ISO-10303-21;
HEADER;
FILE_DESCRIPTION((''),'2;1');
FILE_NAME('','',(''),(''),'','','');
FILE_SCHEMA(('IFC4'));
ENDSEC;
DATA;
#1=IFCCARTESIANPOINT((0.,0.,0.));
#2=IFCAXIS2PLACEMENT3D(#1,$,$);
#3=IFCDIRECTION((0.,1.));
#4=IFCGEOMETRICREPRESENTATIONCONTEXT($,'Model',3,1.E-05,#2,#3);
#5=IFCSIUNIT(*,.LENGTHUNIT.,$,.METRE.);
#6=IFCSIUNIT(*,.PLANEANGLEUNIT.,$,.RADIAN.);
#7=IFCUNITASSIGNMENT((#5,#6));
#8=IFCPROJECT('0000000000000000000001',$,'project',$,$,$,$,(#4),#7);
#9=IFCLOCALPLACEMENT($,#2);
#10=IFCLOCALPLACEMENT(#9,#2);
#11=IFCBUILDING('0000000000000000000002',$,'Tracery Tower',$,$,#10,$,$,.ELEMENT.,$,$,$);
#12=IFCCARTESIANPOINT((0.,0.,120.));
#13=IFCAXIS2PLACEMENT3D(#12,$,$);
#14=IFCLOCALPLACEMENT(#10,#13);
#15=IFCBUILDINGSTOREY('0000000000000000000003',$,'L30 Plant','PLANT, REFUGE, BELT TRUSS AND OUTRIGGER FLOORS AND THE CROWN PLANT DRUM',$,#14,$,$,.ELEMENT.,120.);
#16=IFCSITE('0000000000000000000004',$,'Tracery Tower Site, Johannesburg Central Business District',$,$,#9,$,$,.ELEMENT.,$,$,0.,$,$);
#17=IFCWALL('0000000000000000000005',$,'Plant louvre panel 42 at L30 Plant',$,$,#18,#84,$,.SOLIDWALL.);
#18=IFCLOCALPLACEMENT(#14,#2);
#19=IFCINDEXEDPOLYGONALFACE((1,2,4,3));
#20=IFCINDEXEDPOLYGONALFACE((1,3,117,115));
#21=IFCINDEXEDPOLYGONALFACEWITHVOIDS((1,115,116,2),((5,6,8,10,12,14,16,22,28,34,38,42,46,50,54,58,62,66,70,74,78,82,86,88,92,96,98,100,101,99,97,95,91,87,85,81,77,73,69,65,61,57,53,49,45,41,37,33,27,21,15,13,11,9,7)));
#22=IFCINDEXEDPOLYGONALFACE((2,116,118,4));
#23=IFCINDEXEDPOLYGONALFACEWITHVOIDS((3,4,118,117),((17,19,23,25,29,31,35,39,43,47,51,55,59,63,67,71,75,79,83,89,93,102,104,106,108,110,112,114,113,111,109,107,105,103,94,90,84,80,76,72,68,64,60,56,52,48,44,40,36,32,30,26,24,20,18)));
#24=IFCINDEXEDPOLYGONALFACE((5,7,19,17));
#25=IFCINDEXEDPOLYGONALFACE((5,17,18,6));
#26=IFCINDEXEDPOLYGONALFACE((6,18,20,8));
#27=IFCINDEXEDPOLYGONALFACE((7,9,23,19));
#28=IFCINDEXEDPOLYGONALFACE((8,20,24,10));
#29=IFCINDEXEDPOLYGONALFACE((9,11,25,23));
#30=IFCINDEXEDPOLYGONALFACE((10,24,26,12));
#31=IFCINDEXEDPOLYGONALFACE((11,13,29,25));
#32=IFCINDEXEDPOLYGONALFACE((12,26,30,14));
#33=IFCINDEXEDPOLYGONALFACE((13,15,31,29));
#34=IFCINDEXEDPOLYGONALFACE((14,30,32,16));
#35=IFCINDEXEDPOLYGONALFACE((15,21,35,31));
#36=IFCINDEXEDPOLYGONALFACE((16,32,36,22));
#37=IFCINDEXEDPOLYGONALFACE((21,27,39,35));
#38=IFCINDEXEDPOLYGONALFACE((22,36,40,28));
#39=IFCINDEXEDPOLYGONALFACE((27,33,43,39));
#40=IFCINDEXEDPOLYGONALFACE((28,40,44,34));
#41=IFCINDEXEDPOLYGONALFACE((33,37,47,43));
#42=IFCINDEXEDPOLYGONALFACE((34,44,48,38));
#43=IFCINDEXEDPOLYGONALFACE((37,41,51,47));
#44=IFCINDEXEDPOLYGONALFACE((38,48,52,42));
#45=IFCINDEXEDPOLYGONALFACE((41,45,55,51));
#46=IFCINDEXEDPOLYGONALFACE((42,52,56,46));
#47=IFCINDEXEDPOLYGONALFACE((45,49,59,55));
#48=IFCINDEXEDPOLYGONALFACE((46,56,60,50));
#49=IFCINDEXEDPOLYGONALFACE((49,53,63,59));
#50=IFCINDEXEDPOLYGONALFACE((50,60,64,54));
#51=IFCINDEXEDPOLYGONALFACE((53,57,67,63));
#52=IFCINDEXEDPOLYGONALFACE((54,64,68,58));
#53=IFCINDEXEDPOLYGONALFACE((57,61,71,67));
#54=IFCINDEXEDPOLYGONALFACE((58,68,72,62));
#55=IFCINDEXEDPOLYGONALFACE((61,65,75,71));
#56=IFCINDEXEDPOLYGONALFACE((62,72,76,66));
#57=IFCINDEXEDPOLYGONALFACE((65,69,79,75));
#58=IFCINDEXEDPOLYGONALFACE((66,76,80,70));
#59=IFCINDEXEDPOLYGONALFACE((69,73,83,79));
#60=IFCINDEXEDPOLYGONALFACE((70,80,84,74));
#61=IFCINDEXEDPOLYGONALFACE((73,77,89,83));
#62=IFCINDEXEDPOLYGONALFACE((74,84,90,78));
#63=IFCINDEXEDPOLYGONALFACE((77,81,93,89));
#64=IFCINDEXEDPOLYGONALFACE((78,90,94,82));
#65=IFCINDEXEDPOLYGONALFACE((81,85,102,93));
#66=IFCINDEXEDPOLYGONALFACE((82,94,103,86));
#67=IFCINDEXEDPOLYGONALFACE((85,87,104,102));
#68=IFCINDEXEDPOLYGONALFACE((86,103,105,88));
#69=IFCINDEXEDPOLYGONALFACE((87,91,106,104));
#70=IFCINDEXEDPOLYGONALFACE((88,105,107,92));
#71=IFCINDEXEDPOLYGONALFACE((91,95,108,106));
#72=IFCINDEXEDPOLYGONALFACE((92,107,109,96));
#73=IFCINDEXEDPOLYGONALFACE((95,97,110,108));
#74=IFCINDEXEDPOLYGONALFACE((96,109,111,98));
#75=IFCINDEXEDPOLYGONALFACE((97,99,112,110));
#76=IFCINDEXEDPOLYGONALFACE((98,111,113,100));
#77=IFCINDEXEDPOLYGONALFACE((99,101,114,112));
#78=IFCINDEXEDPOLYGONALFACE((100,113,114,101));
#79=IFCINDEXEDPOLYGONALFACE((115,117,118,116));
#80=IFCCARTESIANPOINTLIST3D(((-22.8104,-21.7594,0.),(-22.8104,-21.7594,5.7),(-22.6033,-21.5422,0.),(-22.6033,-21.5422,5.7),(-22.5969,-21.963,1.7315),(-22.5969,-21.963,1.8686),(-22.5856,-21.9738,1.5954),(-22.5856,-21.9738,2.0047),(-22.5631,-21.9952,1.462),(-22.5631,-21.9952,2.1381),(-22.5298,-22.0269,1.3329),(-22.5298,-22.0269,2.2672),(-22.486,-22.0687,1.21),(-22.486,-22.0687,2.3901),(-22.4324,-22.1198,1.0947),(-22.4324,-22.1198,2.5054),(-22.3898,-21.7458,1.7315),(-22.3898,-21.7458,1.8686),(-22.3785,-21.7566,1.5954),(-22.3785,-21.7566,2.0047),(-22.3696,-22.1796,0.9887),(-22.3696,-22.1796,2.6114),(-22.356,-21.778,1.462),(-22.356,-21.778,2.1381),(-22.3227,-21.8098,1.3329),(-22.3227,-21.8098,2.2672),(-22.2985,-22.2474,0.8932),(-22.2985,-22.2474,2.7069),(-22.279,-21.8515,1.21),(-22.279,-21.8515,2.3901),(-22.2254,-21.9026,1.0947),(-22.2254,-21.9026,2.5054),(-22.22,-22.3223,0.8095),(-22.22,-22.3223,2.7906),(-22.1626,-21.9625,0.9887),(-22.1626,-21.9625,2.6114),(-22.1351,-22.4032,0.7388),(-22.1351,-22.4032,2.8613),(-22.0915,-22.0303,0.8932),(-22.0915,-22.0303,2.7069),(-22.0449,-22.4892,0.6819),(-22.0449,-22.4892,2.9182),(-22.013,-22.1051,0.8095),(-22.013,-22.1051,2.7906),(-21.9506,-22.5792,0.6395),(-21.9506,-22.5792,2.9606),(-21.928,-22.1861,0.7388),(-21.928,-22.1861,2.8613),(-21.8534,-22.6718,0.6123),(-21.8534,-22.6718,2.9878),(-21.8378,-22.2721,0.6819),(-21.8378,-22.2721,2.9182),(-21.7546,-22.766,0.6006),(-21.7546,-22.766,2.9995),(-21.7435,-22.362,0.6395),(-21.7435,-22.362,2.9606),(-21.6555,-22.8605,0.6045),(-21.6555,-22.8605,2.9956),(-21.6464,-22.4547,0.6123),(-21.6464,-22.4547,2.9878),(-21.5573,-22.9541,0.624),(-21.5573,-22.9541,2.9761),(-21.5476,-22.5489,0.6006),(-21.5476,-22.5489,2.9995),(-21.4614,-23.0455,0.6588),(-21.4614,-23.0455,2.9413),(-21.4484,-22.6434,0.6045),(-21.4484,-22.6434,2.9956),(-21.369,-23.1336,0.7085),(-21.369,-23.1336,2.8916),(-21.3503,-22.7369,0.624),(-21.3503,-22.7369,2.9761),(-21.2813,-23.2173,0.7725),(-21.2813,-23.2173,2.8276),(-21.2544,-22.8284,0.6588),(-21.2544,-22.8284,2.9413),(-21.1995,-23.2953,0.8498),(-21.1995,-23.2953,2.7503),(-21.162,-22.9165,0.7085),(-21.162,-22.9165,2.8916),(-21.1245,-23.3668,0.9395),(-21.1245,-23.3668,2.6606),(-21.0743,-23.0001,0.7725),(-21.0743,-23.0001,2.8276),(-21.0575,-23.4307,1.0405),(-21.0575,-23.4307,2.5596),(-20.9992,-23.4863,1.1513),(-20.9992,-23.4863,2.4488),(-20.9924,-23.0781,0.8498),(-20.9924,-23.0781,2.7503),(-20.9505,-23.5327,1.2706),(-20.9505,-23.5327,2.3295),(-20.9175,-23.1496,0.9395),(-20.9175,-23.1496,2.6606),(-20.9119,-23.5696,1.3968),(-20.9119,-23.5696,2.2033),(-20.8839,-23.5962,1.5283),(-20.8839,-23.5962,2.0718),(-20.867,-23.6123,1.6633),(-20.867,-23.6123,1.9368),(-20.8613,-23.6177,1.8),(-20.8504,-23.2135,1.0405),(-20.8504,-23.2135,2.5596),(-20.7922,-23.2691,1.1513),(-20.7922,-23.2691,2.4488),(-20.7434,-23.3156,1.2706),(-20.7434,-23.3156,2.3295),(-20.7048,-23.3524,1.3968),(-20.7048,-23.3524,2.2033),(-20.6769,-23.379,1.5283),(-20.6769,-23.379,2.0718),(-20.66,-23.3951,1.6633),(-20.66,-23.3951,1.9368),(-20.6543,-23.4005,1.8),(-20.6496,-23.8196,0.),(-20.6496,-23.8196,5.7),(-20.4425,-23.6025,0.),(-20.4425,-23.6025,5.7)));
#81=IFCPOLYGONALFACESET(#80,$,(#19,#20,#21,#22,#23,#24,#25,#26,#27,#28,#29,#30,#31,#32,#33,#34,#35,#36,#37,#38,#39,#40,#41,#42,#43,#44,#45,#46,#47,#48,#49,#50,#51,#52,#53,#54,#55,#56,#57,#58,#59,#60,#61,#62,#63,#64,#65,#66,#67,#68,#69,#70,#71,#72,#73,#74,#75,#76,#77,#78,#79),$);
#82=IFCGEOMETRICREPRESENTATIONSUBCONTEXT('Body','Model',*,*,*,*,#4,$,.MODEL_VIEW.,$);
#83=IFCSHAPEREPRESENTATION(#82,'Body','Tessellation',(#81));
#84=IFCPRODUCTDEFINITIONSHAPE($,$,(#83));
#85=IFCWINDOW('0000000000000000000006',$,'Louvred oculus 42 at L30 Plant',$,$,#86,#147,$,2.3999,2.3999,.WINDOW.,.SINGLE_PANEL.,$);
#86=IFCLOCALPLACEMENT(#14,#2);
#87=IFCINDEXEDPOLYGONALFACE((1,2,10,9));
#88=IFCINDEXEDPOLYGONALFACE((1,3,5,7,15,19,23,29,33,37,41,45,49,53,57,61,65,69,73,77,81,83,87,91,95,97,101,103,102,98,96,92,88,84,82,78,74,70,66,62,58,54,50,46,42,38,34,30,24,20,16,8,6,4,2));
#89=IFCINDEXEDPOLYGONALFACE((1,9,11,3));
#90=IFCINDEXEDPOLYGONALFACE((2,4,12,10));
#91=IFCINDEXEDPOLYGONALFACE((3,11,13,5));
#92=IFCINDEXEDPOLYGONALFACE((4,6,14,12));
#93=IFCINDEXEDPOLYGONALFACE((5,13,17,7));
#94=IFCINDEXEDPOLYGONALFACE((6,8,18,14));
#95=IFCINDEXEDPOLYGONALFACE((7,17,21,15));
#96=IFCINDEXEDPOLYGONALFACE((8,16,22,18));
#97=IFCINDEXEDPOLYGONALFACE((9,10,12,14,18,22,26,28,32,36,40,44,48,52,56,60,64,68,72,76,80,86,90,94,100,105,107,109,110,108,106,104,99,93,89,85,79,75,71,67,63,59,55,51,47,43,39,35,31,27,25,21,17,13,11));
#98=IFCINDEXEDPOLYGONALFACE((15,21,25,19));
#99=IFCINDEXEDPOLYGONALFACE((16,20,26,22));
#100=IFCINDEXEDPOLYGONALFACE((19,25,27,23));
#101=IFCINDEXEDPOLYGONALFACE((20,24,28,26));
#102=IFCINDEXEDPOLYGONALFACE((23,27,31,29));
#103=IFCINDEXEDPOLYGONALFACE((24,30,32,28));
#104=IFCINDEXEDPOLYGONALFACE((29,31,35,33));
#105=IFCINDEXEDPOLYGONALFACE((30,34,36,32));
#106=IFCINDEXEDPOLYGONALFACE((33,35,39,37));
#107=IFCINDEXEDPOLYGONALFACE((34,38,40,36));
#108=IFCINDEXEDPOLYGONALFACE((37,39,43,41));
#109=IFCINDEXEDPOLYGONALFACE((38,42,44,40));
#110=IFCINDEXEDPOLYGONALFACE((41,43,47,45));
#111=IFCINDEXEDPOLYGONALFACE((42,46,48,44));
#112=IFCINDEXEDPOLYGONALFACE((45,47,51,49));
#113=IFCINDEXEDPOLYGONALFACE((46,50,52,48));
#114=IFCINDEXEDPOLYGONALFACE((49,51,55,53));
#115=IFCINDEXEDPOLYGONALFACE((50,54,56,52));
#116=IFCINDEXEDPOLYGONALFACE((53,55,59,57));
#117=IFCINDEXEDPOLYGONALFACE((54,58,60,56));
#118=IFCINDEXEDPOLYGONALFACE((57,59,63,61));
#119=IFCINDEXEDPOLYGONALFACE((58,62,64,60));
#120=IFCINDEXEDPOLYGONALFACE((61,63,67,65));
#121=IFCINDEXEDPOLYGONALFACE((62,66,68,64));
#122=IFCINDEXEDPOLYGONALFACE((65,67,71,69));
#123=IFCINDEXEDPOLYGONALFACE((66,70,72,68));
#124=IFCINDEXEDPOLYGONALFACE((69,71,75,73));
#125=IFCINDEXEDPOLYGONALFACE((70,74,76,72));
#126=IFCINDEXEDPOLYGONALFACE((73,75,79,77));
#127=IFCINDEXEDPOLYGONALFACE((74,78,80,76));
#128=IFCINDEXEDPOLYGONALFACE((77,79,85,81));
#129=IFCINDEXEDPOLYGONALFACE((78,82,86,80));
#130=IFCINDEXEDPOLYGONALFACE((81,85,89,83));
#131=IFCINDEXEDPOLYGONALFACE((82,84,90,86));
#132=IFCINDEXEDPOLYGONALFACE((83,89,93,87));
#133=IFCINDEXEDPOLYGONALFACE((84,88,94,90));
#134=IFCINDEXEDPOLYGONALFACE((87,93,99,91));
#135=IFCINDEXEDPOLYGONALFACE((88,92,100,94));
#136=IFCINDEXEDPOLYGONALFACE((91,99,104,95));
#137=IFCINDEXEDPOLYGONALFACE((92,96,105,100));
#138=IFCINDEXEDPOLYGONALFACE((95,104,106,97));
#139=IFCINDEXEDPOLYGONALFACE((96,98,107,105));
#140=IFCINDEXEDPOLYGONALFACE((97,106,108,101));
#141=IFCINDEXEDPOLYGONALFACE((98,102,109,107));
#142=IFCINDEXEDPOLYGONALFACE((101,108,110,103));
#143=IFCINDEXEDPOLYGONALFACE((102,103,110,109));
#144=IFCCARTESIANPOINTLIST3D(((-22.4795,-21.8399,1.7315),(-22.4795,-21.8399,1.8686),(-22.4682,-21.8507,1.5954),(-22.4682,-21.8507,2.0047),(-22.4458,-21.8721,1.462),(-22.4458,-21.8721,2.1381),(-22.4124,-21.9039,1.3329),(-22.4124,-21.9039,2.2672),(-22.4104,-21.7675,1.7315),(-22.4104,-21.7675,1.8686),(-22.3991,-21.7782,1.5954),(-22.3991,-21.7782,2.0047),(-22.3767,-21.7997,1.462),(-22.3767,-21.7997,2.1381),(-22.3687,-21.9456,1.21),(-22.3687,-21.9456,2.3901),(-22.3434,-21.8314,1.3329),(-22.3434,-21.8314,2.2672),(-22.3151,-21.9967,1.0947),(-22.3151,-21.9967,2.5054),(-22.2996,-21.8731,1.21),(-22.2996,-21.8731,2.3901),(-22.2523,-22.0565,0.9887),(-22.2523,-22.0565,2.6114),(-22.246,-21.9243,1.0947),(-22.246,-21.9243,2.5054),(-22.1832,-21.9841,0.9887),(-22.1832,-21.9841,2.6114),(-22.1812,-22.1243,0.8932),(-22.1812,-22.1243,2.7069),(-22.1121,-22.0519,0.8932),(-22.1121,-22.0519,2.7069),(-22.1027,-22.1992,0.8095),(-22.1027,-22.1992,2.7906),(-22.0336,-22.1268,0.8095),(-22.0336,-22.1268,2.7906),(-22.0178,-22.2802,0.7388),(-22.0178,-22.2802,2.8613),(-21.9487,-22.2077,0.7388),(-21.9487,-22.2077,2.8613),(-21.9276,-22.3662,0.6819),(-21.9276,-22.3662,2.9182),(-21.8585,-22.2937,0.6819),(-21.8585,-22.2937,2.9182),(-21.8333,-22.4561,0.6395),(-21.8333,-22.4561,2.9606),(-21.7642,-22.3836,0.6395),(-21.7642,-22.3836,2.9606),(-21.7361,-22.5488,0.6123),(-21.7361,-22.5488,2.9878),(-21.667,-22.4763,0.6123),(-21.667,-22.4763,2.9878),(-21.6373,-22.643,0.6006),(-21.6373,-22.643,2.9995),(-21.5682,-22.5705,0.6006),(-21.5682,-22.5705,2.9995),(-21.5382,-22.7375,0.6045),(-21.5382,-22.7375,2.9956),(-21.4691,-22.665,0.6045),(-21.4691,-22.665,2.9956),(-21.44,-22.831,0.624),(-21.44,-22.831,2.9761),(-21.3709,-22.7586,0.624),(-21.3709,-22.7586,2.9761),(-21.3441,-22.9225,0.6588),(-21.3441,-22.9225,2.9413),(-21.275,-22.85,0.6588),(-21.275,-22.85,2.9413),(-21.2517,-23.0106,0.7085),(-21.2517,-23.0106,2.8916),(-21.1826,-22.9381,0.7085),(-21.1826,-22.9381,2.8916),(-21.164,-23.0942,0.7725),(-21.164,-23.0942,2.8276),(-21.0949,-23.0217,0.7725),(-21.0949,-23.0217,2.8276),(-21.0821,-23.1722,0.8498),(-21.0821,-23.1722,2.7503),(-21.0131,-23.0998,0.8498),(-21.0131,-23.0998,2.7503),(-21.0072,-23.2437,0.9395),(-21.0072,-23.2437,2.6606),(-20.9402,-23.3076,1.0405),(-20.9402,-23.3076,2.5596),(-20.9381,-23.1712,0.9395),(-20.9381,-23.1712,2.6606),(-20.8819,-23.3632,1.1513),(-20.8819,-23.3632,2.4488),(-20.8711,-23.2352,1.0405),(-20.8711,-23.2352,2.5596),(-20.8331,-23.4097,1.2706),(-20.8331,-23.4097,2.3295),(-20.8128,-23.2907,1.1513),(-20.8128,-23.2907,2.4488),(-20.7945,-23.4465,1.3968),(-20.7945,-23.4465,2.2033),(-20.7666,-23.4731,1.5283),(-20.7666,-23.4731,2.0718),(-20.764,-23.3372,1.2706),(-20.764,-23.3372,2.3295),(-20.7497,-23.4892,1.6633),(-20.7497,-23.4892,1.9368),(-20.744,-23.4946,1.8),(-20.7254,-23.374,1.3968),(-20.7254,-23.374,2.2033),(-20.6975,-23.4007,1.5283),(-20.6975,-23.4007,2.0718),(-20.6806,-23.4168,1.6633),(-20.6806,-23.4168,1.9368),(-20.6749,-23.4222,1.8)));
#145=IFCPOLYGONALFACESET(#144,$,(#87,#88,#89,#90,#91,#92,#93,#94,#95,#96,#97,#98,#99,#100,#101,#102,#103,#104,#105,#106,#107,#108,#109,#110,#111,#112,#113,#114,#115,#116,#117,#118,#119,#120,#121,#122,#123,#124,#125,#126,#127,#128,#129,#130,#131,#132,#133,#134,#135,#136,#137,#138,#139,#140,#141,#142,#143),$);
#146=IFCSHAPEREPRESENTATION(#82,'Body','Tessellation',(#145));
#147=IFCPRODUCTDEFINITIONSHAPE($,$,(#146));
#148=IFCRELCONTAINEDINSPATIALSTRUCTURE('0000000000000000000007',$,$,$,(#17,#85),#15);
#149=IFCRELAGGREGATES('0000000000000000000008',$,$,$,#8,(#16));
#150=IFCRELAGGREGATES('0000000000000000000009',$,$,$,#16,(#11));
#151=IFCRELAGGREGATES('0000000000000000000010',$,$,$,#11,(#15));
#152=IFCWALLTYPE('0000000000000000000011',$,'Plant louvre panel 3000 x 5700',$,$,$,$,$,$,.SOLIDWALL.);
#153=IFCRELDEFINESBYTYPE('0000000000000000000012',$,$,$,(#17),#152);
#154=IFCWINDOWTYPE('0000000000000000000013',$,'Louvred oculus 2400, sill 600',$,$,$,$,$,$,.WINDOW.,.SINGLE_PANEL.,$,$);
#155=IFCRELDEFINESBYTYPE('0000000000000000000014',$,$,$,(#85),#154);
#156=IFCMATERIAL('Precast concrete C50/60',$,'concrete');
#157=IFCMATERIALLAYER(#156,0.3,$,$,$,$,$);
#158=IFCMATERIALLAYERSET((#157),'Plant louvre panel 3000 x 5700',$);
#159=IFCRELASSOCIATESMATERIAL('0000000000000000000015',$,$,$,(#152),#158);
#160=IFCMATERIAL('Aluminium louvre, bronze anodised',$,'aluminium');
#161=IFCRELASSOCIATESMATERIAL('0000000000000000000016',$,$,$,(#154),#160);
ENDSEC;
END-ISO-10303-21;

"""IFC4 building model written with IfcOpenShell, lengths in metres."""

from ifc_helpers import new_model, si_unit, direction, frame, frame_2d, origin, origin_2d, place, context, subcontext, project, spatial, rectangle, circle, extrude, material, layer, layer_set, type_object, element, fill, save


model = new_model("IFC4")

# Units and contexts
model_context = context("Model", 3, precision=1e-05, world=origin(), true_north=direction((0.0, 1.0)))
body_context = subcontext(model_context, "Body", "Model", "MODEL_VIEW")
ifc_project = project(units=[si_unit("LENGTHUNIT", "METRE"), si_unit("PLANEANGLEUNIT", "RADIAN")], contexts=[model_context])

# Site, building, storey
site_placement = place(None, origin())
site = spatial("IfcSite", under=ifc_project, at=site_placement, Name="Tracery Tower Site, Johannesburg Central Business District", CompositionType="ELEMENT", RefElevation=0.0)
building_placement = place(site_placement, origin())
building = spatial("IfcBuilding", under=site, at=building_placement, Name="Tracery Tower", CompositionType="ELEMENT")
storey_placement = place(building_placement, frame((0.0, 0.0, 120.0)))
storey = spatial("IfcBuildingStorey", under=building, at=storey_placement, Name="L30 Plant", Description="PLANT, REFUGE, BELT TRUSS AND OUTRIGGER FLOORS AND THE CROWN PLANT DRUM", CompositionType="ELEMENT", Elevation=120.0)

# Wall, opening, window
ifc_material_1 = material(Name="Precast concrete C50/60", Category="concrete")
ifc_layer_1 = layer(ifc_material_1, 0.3)
ifc_layer_set_1 = layer_set([ifc_layer_1], Name="Plant louvre panel 3000 x 5700")
wall_type_1 = type_object("IfcWallType", Name="Plant louvre panel 3000 x 5700", PredefinedType="SOLIDWALL", material=ifc_layer_set_1)
ifc_material_2 = material(Name="Aluminium louvre, bronze anodised", Category="aluminium")
window_type = type_object("IfcWindowType", Name="Louvred oculus 2400, sill 600", PartitioningType="SINGLE_PANEL", PredefinedType="WINDOW", material=ifc_material_2)
wall_1_placement = place(storey_placement, frame((-22.7068, -21.6509, 0.0), z_axis=(0.0, 0.0, 1.0), x_axis=(0.723751, -0.690061, 0.0)))
wall_1 = element("IfcWall", 1, at=wall_1_placement, inside=storey, type_object=wall_type_1, Name="Plant louvre panel 42 at L30 Plant", PredefinedType="SOLIDWALL", context=body_context, shape_type="SweptSolid", body=[
    extrude(rectangle(XDim=2.9856, YDim=0.3, at=frame_2d((1.4927, 0.0))), origin(), (0.0, 0.0, 1.0), 5.7),
])
opening_1_placement = place(wall_1_placement, frame((1.4929, 0.0, 1.8)))
opening_1 = element("IfcOpeningElement", 2, at=opening_1_placement, cuts=wall_1, PredefinedType="OPENING", context=body_context, shape_type="SweptSolid", body=[
    extrude(circle(Radius=1.2, at=origin_2d()), frame((0.0, 0.1599, 0.0), z_axis=(0.0, -1.0, 0.0), x_axis=(1.0, 0.0, 0.0)), (0.0, 0.0, 1.0), 0.3201),
])
window_1_placement = place(opening_1_placement, origin())
window_1 = element("IfcWindow", 3, at=window_1_placement, inside=storey, type_object=window_type, Name="Louvred oculus 42 at L30 Plant", OverallHeight=2.3999, OverallWidth=2.3999, PartitioningType="SINGLE_PANEL", PredefinedType="WINDOW", context=body_context, shape_type="SweptSolid", body=[
    extrude(circle(Radius=1.2, at=origin_2d()), frame((0.0, 0.1201, 0.0), z_axis=(0.0, -1.0, 0.0), x_axis=(1.0, 0.0, 0.0)), (0.0, 0.0, 1.0), 0.1001),
])
fill(opening_1, window_1)

save(model, "model.ifc")
